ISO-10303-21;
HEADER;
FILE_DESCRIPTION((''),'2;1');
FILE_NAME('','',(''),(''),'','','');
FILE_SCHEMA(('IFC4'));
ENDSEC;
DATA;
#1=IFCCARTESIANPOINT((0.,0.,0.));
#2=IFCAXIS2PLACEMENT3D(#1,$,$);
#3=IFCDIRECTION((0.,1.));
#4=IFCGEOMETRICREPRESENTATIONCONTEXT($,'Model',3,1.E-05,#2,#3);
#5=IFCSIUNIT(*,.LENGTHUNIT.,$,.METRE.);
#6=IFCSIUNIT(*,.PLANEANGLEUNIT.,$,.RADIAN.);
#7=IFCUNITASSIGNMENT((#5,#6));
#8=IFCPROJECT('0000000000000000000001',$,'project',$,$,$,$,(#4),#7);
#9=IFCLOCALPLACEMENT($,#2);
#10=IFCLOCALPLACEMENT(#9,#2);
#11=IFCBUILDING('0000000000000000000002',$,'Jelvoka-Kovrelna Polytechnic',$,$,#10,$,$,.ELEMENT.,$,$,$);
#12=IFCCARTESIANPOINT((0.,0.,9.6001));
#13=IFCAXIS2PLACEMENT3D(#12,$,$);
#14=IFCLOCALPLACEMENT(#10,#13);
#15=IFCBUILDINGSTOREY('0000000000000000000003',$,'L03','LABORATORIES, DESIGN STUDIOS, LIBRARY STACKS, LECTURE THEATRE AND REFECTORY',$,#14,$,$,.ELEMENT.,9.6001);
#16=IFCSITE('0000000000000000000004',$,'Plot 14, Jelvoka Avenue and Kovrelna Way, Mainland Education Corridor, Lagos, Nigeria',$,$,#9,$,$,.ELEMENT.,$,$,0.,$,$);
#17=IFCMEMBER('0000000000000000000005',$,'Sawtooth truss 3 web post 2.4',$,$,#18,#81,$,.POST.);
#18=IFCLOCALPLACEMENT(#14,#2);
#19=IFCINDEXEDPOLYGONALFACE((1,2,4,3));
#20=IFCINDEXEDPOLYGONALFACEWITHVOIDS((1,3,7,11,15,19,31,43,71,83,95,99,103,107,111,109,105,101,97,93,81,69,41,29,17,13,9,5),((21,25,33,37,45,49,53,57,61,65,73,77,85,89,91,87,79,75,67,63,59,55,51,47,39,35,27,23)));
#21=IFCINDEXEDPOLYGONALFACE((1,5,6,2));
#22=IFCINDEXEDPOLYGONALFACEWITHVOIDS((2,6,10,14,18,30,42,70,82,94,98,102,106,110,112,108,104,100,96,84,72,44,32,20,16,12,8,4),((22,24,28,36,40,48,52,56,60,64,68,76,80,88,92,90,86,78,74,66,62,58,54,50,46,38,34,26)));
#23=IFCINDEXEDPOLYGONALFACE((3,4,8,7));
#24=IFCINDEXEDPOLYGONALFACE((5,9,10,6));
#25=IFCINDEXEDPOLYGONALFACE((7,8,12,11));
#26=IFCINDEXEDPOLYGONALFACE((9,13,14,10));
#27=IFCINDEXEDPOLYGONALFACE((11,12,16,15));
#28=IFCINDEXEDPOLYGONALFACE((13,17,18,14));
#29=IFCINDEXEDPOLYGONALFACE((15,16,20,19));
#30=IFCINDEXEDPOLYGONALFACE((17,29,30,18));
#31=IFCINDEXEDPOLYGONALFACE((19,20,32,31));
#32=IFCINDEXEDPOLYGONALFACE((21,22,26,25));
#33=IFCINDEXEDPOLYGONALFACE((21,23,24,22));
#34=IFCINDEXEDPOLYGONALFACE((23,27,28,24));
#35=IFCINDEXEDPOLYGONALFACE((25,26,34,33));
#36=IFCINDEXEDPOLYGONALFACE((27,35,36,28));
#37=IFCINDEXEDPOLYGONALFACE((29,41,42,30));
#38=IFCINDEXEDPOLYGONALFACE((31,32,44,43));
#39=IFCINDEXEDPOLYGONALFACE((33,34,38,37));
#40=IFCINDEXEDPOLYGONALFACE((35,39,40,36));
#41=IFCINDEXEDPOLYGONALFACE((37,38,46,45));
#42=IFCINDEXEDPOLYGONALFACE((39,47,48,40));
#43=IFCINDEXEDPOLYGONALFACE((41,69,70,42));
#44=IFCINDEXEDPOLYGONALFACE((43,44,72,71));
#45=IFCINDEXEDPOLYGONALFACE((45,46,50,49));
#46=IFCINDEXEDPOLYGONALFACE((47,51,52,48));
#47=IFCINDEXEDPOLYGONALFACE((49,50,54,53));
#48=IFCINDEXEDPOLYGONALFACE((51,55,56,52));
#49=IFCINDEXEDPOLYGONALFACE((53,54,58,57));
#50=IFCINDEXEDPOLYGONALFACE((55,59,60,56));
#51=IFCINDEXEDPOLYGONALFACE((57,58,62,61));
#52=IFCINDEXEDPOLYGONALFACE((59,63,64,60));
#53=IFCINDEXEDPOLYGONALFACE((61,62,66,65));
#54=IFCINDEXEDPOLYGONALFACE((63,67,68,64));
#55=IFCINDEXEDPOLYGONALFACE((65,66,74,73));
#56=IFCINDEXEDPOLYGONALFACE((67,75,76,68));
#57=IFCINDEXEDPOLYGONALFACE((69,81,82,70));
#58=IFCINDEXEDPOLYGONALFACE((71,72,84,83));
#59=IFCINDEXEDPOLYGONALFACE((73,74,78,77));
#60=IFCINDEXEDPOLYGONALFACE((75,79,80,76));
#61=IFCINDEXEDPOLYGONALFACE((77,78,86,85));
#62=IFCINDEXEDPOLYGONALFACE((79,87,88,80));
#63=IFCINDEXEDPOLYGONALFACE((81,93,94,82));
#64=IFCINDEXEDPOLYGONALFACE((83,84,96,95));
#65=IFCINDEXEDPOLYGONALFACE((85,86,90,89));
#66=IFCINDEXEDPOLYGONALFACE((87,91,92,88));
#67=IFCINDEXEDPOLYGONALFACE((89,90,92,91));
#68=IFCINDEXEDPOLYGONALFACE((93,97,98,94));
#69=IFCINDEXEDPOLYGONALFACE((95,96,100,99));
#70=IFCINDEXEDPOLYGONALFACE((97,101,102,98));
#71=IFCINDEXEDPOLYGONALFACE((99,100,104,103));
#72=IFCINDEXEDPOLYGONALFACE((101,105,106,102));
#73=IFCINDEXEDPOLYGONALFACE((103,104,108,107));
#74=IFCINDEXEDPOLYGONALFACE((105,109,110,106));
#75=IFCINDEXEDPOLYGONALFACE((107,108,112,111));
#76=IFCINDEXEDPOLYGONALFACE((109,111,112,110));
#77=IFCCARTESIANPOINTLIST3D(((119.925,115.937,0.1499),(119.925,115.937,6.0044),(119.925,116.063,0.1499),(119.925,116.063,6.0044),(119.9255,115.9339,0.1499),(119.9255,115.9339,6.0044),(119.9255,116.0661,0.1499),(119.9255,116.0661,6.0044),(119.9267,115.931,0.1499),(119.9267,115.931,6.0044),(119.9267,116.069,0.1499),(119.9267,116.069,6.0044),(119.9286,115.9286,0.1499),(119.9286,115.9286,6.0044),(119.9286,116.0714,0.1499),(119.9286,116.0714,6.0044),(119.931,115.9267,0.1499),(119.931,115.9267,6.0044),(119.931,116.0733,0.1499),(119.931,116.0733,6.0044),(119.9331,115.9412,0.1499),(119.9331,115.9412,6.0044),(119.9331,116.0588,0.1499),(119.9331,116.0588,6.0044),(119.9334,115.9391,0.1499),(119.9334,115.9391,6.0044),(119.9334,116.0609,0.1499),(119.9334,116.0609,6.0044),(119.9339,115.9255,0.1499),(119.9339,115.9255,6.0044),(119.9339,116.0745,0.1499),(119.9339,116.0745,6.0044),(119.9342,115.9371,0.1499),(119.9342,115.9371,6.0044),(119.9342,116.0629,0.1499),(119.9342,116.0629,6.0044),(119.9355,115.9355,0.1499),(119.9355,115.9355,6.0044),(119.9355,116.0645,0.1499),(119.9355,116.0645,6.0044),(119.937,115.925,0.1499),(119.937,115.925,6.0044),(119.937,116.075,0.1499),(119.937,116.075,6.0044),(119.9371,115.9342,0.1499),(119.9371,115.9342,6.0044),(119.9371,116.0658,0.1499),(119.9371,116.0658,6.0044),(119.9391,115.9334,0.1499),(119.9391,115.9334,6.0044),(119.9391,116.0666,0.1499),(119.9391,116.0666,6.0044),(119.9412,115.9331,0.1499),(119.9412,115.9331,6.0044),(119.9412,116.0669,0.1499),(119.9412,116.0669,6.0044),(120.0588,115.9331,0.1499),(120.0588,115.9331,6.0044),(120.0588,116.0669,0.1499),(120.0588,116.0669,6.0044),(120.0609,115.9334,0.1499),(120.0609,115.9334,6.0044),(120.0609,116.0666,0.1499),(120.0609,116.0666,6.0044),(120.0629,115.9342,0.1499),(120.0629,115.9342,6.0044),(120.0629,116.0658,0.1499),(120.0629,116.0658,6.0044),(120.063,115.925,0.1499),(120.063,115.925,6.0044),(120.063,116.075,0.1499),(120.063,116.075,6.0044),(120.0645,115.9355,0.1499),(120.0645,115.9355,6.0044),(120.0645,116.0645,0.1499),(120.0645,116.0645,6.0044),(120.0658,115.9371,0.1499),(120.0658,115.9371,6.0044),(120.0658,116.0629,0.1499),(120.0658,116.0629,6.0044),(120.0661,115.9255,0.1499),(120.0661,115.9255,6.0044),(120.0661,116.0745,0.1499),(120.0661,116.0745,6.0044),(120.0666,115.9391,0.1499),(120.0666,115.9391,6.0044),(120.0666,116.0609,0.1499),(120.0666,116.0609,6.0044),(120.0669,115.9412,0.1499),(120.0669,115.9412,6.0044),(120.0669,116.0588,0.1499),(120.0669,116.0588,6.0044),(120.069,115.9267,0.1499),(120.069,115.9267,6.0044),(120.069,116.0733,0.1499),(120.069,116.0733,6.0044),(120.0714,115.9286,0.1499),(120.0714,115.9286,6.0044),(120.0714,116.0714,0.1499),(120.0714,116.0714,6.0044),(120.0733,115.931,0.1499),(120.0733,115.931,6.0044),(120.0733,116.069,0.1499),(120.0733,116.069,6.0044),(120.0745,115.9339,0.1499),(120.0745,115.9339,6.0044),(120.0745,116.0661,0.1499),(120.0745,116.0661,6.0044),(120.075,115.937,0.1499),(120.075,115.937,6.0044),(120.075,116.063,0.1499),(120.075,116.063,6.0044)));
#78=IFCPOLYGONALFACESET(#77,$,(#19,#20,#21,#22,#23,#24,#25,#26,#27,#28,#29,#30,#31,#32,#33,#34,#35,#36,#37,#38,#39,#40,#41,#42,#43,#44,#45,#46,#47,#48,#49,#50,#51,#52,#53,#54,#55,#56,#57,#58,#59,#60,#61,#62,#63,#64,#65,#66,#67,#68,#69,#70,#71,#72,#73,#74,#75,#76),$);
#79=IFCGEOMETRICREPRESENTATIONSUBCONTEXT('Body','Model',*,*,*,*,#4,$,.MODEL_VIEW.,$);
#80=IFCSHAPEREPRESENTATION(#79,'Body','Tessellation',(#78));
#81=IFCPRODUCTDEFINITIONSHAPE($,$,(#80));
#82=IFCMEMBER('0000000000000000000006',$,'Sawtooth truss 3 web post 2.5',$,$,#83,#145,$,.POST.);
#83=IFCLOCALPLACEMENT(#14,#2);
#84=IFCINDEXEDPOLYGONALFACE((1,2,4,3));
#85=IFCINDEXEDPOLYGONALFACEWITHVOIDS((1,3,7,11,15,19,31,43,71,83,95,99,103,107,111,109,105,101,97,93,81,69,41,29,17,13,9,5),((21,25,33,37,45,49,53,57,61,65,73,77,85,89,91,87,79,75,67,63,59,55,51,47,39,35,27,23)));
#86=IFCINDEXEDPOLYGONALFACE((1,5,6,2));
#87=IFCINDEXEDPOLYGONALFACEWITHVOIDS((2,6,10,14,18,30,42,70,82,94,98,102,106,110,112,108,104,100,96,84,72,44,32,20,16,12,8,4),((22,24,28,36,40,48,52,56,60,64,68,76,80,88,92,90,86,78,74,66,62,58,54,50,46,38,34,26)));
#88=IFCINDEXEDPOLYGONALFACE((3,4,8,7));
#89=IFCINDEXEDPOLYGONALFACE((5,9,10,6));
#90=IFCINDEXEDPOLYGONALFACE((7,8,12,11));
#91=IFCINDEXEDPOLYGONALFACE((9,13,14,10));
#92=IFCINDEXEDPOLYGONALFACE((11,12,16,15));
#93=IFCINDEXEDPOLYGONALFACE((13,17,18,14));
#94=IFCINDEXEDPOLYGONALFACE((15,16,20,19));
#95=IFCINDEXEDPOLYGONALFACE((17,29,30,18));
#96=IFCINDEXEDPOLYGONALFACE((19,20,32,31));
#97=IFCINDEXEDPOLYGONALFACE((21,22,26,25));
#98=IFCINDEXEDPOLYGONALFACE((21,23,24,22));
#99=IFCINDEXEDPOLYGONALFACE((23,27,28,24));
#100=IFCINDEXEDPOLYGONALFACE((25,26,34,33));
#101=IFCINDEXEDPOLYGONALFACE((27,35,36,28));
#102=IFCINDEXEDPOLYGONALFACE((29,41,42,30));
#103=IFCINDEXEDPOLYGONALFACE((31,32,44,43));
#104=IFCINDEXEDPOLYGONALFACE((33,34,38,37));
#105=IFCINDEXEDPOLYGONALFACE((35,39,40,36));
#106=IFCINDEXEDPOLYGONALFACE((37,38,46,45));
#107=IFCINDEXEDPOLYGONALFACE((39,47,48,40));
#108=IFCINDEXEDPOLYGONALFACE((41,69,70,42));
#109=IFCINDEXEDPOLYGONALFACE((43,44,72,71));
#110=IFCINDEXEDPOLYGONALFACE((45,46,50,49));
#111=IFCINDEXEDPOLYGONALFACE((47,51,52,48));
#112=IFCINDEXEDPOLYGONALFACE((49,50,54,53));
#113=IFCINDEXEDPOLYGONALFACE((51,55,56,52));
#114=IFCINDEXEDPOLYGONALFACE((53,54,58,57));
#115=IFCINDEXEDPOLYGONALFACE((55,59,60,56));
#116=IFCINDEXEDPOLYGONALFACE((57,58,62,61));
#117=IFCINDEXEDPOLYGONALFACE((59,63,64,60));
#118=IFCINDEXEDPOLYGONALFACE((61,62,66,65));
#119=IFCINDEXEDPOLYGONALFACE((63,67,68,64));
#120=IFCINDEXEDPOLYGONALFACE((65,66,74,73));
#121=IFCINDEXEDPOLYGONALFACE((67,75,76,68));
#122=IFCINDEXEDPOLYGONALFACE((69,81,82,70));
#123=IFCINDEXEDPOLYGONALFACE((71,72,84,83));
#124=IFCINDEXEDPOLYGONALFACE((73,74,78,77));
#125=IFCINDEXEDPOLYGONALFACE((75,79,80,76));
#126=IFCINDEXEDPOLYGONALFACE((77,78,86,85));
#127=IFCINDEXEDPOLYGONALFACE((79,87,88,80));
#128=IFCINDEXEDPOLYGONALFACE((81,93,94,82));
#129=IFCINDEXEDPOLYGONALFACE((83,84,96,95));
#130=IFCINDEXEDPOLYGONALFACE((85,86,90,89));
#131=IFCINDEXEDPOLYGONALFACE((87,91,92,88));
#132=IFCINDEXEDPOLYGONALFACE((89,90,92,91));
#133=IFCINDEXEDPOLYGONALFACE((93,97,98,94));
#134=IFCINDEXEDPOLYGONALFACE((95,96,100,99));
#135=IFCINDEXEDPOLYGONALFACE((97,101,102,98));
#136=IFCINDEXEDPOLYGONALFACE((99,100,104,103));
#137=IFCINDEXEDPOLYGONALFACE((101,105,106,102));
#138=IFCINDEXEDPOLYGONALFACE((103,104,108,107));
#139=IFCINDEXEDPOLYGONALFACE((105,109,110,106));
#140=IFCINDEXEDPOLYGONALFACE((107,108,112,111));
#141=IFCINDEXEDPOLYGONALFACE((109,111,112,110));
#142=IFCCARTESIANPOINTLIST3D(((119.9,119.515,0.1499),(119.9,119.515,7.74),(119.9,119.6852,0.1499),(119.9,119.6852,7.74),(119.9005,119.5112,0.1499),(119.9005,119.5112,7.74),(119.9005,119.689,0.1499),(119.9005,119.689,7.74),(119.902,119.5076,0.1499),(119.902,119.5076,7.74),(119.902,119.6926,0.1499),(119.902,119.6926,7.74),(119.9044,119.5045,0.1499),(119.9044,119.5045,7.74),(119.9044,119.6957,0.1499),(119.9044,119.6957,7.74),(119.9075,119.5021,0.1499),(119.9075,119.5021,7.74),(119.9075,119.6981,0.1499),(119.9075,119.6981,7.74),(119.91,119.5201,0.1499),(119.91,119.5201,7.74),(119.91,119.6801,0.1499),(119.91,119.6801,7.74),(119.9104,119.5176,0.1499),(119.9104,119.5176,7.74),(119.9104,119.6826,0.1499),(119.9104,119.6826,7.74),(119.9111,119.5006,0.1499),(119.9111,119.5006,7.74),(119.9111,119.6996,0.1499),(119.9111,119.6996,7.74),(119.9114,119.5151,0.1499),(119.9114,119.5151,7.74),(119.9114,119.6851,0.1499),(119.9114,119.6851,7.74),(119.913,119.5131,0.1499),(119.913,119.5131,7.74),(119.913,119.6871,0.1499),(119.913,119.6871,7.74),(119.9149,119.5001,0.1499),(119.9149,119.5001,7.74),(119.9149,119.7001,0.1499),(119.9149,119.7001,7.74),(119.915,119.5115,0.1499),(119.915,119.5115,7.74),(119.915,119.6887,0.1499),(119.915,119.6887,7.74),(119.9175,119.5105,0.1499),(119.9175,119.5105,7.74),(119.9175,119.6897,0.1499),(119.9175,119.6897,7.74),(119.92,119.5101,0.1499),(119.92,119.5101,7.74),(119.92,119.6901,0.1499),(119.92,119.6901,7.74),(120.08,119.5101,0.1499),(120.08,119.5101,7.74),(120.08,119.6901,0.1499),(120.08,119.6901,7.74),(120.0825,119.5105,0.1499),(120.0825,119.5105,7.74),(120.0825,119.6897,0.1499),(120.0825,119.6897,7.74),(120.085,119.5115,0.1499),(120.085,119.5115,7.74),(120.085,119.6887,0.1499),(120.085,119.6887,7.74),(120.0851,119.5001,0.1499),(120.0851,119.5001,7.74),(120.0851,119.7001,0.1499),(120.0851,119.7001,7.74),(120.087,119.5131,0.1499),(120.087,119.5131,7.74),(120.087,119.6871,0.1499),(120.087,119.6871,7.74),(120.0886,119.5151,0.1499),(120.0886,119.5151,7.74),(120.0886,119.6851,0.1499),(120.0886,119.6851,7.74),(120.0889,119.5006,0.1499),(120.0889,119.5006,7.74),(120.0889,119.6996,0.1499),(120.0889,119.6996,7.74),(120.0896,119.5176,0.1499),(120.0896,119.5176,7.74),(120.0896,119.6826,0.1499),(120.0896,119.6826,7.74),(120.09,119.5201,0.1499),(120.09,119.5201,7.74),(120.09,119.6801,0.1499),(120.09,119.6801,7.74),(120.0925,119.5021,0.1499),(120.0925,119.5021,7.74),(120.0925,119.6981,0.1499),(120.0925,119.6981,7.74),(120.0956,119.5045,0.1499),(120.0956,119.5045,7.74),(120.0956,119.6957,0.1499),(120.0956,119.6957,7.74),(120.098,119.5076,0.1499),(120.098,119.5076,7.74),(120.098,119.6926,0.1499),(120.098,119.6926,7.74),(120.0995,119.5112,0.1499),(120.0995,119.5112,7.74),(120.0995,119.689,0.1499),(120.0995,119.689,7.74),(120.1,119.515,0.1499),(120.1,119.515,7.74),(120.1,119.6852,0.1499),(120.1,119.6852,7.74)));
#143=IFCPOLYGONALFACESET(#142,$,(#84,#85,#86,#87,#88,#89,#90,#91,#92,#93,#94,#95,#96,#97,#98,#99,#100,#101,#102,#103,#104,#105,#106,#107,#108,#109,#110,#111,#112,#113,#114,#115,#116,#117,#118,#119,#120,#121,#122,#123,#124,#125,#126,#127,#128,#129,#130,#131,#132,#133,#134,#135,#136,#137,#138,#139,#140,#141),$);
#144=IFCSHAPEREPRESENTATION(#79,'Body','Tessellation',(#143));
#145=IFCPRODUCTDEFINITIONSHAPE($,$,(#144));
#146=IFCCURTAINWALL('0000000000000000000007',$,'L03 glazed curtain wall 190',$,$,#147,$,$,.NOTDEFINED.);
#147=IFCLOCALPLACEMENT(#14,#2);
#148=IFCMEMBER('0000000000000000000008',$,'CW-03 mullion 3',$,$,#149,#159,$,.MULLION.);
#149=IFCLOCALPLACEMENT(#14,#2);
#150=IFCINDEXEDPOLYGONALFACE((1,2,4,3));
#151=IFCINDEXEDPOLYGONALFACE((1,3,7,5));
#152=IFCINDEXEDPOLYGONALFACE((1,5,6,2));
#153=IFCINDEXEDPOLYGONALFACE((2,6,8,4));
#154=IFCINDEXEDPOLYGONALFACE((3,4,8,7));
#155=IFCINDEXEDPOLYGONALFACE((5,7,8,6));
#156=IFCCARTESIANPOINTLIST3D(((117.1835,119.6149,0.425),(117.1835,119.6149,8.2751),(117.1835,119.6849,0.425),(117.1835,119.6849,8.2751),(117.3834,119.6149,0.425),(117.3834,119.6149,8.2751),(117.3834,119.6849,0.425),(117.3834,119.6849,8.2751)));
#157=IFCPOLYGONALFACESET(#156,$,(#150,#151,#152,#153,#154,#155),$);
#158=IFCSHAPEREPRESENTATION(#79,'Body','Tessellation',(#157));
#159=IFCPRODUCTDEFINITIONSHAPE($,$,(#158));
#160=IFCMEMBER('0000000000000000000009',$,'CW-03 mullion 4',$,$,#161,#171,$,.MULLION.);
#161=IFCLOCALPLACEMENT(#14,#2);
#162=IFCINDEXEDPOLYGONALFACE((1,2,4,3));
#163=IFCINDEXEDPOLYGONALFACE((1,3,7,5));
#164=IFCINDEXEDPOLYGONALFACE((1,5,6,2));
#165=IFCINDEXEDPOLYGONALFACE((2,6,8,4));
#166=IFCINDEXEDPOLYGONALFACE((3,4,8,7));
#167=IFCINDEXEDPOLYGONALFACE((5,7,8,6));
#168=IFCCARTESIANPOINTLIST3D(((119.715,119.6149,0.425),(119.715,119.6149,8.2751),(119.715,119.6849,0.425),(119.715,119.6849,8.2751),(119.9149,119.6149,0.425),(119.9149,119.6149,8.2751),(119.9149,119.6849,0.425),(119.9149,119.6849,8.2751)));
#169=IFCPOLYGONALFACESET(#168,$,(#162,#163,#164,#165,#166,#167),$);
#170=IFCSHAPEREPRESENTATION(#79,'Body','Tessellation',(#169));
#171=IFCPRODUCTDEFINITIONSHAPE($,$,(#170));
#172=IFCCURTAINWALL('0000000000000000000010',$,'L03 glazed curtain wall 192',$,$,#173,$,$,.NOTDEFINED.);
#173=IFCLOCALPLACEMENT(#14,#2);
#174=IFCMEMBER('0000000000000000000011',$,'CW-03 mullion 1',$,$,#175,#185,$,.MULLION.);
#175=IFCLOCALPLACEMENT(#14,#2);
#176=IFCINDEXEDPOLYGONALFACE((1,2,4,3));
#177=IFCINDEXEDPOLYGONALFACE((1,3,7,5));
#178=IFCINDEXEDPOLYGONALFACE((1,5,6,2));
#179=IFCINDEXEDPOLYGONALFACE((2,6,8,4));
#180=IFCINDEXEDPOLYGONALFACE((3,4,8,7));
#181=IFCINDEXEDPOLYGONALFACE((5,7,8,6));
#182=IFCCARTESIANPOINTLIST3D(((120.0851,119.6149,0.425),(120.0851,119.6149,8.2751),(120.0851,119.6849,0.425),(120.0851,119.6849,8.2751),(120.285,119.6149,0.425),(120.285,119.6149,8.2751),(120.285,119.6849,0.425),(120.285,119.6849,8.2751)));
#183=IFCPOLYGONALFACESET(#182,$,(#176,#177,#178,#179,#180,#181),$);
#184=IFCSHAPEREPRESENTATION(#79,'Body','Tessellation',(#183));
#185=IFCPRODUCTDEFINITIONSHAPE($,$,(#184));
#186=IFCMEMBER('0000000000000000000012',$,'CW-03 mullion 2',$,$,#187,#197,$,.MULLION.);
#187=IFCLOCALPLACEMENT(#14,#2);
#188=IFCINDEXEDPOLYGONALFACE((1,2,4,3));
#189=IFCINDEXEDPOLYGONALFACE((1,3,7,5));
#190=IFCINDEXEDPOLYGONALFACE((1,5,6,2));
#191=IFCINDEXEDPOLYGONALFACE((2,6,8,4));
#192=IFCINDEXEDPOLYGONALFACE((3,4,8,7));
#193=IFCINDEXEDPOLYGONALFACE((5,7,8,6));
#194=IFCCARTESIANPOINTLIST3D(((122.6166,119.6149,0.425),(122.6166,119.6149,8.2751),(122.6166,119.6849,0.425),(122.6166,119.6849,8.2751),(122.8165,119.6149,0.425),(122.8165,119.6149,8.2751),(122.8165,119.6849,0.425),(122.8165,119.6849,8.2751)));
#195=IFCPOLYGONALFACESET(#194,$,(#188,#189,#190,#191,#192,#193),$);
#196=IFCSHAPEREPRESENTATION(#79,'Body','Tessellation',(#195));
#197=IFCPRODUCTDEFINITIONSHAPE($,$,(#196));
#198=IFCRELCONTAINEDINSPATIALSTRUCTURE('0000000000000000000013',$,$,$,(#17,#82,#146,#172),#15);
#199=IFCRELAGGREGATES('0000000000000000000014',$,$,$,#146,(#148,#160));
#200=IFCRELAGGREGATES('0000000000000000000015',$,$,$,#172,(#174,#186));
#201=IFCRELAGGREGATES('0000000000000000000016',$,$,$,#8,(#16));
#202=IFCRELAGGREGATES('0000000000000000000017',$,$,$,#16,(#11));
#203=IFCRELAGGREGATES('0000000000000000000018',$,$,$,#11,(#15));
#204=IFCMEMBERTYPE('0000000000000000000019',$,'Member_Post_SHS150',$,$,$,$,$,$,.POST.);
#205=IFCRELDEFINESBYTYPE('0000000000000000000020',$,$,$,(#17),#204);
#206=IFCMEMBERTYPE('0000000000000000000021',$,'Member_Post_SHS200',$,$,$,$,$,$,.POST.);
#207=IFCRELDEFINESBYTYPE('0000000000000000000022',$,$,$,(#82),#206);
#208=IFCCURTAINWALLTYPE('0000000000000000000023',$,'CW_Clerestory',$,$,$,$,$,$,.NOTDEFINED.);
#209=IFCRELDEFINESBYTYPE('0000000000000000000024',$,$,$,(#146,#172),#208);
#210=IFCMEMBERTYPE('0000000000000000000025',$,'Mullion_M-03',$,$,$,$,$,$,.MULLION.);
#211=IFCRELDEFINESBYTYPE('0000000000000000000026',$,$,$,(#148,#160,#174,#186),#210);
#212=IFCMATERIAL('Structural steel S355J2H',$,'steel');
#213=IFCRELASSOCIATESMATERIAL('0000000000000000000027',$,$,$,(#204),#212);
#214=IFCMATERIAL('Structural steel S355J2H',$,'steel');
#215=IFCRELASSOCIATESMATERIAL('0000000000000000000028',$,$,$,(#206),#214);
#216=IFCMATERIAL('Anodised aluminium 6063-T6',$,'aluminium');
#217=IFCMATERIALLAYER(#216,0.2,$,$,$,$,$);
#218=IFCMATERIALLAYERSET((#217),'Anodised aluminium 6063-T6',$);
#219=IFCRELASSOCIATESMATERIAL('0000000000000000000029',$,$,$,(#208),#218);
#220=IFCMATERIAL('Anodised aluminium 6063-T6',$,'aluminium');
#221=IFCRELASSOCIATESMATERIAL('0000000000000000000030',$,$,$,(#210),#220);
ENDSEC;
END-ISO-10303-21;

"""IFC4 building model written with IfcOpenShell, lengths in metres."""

from ifc_helpers import new_model, si_unit, direction, frame, origin, origin_2d, place, context, subcontext, project, spatial, rectangle, hollow_rectangle, extrude, material, layer, layer_set, material_profile, profile_set, type_object, element, aggregate, save


model = new_model("IFC4")

# Units and contexts
model_context = context("Model", 3, precision=1e-05, world=origin(), true_north=direction((0.0, 1.0)))
body_context = subcontext(model_context, "Body", "Model", "MODEL_VIEW")
ifc_project = project(units=[si_unit("LENGTHUNIT", "METRE"), si_unit("PLANEANGLEUNIT", "RADIAN")], contexts=[model_context])

# Site, building, storey
site_placement = place(None, origin())
site = spatial("IfcSite", under=ifc_project, at=site_placement, Name="Plot 14, Jelvoka Avenue and Kovrelna Way, Mainland Education Corridor, Lagos, Nigeria", CompositionType="ELEMENT", RefElevation=0.0)
building_placement = place(site_placement, origin())
building = spatial("IfcBuilding", under=site, at=building_placement, Name="Jelvoka-Kovrelna Polytechnic", CompositionType="ELEMENT")
storey_placement = place(building_placement, frame((0.0, 0.0, 9.6001)))
storey = spatial("IfcBuildingStorey", under=building, at=storey_placement, Name="L03", Description="LABORATORIES, DESIGN STUDIOS, LIBRARY STACKS, LECTURE THEATRE AND REFECTORY", CompositionType="ELEMENT", Elevation=9.6001)

# Members
ifc_material_1 = material(Name="Structural steel S355J2H", Category="steel")
ifc_material_profile_1 = material_profile(ifc_material_1, hollow_rectangle(XDim=0.1499, YDim=0.1499, WallThickness=0.0081, InnerFilletRadius=0.0081, OuterFilletRadius=0.012, at=origin_2d()), Name="150x150x8.0 SHS")
ifc_profile_set_1 = profile_set([ifc_material_profile_1], Name="Structural steel S355J2H")
member_type_1 = type_object("IfcMemberType", Name="Member_Post_SHS150", PredefinedType="POST", material=ifc_profile_set_1)
member_1_placement = place(storey_placement, frame((120.0, 116.0, 0.1499), z_axis=(0.0, 0.0, 1.0), x_axis=(1.0, 0.0, 0.0)))
element("IfcMember", 1, at=member_1_placement, inside=storey, type_object=member_type_1, Name="Sawtooth truss 3 web post 2.4", PredefinedType="POST", context=body_context, shape_type="SweptSolid", body=[
    extrude(hollow_rectangle(XDim=0.1499, YDim=0.1499, WallThickness=0.0081, InnerFilletRadius=0.0081, OuterFilletRadius=0.012, at=origin_2d()), origin(), (0.0, 0.0, 1.0), 5.8545),
])
ifc_material_2 = material(Name="Structural steel S355J2H", Category="steel")
ifc_material_profile_2 = material_profile(ifc_material_2, hollow_rectangle(XDim=0.2, YDim=0.2, WallThickness=0.01, InnerFilletRadius=0.01, OuterFilletRadius=0.0149, at=origin_2d()), Name="200x200x10.0 SHS")
ifc_profile_set_2 = profile_set([ifc_material_profile_2], Name="Structural steel S355J2H")
member_type_2 = type_object("IfcMemberType", Name="Member_Post_SHS200", PredefinedType="POST", material=ifc_profile_set_2)
member_2_placement = place(storey_placement, frame((120.0, 119.6001, 0.1499), z_axis=(0.0, 0.0, 1.0), x_axis=(1.0, 0.0, 0.0)))
element("IfcMember", 2, at=member_2_placement, inside=storey, type_object=member_type_2, Name="Sawtooth truss 3 web post 2.5", PredefinedType="POST", context=body_context, shape_type="SweptSolid", body=[
    extrude(hollow_rectangle(XDim=0.2, YDim=0.2, WallThickness=0.01, InnerFilletRadius=0.01, OuterFilletRadius=0.0149, at=origin_2d()), origin(), (0.0, 0.0, 1.0), 7.5901),
])

# Curtain walls, members
ifc_material_3 = material(Name="Anodised aluminium 6063-T6", Category="aluminium")
ifc_layer_1 = layer(ifc_material_3, 0.2)
ifc_layer_set_1 = layer_set([ifc_layer_1], Name="Anodised aluminium 6063-T6")
curtain_wall_type = type_object("IfcCurtainWallType", Name="CW_Clerestory", PredefinedType="NOTDEFINED", material=ifc_layer_set_1)
curtain_wall_1_placement = place(storey_placement, origin())
curtain_wall_1 = element("IfcCurtainWall", 3, at=curtain_wall_1_placement, inside=storey, type_object=curtain_wall_type, Name="L03 glazed curtain wall 190", PredefinedType="NOTDEFINED")
ifc_material_4 = material(Name="Anodised aluminium 6063-T6", Category="aluminium")
ifc_material_profile_3 = material_profile(ifc_material_4, rectangle(XDim=0.0701, YDim=0.2, at=origin_2d()), Name="ALU 70x200")
ifc_profile_set_3 = profile_set([ifc_material_profile_3], Name="Anodised aluminium 6063-T6")
member_type_3 = type_object("IfcMemberType", Name="Mullion_M-03", PredefinedType="MULLION", material=ifc_profile_set_3)
member_3_placement = place(storey_placement, frame((117.2834, 119.6499, 0.425), z_axis=(0.0, 0.0, 1.0), x_axis=(0.0, 1.0, 0.0)))
member_3 = element("IfcMember", 4, at=member_3_placement, type_object=member_type_3, Name="CW-03 mullion 3", PredefinedType="MULLION", context=body_context, shape_type="SweptSolid", body=[
    extrude(rectangle(XDim=0.0701, YDim=0.2, at=origin_2d()), origin(), (0.0, 0.0, 1.0), 7.8501),
])
member_4_placement = place(storey_placement, frame((119.8149, 119.6499, 0.425), z_axis=(0.0, 0.0, 1.0), x_axis=(0.0, 1.0, 0.0)))
member_4 = element("IfcMember", 5, at=member_4_placement, type_object=member_type_3, Name="CW-03 mullion 4", PredefinedType="MULLION", context=body_context, shape_type="SweptSolid", body=[
    extrude(rectangle(XDim=0.0701, YDim=0.2, at=origin_2d()), origin(), (0.0, 0.0, 1.0), 7.8501),
])
curtain_wall_2_placement = place(storey_placement, origin())
curtain_wall_2 = element("IfcCurtainWall", 6, at=curtain_wall_2_placement, inside=storey, type_object=curtain_wall_type, Name="L03 glazed curtain wall 192", PredefinedType="NOTDEFINED")
member_5_placement = place(storey_placement, frame((120.1851, 119.6499, 0.425), z_axis=(0.0, 0.0, 1.0), x_axis=(0.0, 1.0, 0.0)))
member_5 = element("IfcMember", 7, at=member_5_placement, type_object=member_type_3, Name="CW-03 mullion 1", PredefinedType="MULLION", context=body_context, shape_type="SweptSolid", body=[
    extrude(rectangle(XDim=0.0701, YDim=0.2, at=origin_2d()), origin(), (0.0, 0.0, 1.0), 7.8501),
])
member_6_placement = place(storey_placement, frame((122.7166, 119.6499, 0.425), z_axis=(0.0, 0.0, 1.0), x_axis=(0.0, 1.0, 0.0)))
member_6 = element("IfcMember", 8, at=member_6_placement, type_object=member_type_3, Name="CW-03 mullion 2", PredefinedType="MULLION", context=body_context, shape_type="SweptSolid", body=[
    extrude(rectangle(XDim=0.0701, YDim=0.2, at=origin_2d()), origin(), (0.0, 0.0, 1.0), 7.8501),
])

aggregate(curtain_wall_1, [member_3, member_4])
aggregate(curtain_wall_2, [member_5, member_6])

save(model, "model.ifc")
